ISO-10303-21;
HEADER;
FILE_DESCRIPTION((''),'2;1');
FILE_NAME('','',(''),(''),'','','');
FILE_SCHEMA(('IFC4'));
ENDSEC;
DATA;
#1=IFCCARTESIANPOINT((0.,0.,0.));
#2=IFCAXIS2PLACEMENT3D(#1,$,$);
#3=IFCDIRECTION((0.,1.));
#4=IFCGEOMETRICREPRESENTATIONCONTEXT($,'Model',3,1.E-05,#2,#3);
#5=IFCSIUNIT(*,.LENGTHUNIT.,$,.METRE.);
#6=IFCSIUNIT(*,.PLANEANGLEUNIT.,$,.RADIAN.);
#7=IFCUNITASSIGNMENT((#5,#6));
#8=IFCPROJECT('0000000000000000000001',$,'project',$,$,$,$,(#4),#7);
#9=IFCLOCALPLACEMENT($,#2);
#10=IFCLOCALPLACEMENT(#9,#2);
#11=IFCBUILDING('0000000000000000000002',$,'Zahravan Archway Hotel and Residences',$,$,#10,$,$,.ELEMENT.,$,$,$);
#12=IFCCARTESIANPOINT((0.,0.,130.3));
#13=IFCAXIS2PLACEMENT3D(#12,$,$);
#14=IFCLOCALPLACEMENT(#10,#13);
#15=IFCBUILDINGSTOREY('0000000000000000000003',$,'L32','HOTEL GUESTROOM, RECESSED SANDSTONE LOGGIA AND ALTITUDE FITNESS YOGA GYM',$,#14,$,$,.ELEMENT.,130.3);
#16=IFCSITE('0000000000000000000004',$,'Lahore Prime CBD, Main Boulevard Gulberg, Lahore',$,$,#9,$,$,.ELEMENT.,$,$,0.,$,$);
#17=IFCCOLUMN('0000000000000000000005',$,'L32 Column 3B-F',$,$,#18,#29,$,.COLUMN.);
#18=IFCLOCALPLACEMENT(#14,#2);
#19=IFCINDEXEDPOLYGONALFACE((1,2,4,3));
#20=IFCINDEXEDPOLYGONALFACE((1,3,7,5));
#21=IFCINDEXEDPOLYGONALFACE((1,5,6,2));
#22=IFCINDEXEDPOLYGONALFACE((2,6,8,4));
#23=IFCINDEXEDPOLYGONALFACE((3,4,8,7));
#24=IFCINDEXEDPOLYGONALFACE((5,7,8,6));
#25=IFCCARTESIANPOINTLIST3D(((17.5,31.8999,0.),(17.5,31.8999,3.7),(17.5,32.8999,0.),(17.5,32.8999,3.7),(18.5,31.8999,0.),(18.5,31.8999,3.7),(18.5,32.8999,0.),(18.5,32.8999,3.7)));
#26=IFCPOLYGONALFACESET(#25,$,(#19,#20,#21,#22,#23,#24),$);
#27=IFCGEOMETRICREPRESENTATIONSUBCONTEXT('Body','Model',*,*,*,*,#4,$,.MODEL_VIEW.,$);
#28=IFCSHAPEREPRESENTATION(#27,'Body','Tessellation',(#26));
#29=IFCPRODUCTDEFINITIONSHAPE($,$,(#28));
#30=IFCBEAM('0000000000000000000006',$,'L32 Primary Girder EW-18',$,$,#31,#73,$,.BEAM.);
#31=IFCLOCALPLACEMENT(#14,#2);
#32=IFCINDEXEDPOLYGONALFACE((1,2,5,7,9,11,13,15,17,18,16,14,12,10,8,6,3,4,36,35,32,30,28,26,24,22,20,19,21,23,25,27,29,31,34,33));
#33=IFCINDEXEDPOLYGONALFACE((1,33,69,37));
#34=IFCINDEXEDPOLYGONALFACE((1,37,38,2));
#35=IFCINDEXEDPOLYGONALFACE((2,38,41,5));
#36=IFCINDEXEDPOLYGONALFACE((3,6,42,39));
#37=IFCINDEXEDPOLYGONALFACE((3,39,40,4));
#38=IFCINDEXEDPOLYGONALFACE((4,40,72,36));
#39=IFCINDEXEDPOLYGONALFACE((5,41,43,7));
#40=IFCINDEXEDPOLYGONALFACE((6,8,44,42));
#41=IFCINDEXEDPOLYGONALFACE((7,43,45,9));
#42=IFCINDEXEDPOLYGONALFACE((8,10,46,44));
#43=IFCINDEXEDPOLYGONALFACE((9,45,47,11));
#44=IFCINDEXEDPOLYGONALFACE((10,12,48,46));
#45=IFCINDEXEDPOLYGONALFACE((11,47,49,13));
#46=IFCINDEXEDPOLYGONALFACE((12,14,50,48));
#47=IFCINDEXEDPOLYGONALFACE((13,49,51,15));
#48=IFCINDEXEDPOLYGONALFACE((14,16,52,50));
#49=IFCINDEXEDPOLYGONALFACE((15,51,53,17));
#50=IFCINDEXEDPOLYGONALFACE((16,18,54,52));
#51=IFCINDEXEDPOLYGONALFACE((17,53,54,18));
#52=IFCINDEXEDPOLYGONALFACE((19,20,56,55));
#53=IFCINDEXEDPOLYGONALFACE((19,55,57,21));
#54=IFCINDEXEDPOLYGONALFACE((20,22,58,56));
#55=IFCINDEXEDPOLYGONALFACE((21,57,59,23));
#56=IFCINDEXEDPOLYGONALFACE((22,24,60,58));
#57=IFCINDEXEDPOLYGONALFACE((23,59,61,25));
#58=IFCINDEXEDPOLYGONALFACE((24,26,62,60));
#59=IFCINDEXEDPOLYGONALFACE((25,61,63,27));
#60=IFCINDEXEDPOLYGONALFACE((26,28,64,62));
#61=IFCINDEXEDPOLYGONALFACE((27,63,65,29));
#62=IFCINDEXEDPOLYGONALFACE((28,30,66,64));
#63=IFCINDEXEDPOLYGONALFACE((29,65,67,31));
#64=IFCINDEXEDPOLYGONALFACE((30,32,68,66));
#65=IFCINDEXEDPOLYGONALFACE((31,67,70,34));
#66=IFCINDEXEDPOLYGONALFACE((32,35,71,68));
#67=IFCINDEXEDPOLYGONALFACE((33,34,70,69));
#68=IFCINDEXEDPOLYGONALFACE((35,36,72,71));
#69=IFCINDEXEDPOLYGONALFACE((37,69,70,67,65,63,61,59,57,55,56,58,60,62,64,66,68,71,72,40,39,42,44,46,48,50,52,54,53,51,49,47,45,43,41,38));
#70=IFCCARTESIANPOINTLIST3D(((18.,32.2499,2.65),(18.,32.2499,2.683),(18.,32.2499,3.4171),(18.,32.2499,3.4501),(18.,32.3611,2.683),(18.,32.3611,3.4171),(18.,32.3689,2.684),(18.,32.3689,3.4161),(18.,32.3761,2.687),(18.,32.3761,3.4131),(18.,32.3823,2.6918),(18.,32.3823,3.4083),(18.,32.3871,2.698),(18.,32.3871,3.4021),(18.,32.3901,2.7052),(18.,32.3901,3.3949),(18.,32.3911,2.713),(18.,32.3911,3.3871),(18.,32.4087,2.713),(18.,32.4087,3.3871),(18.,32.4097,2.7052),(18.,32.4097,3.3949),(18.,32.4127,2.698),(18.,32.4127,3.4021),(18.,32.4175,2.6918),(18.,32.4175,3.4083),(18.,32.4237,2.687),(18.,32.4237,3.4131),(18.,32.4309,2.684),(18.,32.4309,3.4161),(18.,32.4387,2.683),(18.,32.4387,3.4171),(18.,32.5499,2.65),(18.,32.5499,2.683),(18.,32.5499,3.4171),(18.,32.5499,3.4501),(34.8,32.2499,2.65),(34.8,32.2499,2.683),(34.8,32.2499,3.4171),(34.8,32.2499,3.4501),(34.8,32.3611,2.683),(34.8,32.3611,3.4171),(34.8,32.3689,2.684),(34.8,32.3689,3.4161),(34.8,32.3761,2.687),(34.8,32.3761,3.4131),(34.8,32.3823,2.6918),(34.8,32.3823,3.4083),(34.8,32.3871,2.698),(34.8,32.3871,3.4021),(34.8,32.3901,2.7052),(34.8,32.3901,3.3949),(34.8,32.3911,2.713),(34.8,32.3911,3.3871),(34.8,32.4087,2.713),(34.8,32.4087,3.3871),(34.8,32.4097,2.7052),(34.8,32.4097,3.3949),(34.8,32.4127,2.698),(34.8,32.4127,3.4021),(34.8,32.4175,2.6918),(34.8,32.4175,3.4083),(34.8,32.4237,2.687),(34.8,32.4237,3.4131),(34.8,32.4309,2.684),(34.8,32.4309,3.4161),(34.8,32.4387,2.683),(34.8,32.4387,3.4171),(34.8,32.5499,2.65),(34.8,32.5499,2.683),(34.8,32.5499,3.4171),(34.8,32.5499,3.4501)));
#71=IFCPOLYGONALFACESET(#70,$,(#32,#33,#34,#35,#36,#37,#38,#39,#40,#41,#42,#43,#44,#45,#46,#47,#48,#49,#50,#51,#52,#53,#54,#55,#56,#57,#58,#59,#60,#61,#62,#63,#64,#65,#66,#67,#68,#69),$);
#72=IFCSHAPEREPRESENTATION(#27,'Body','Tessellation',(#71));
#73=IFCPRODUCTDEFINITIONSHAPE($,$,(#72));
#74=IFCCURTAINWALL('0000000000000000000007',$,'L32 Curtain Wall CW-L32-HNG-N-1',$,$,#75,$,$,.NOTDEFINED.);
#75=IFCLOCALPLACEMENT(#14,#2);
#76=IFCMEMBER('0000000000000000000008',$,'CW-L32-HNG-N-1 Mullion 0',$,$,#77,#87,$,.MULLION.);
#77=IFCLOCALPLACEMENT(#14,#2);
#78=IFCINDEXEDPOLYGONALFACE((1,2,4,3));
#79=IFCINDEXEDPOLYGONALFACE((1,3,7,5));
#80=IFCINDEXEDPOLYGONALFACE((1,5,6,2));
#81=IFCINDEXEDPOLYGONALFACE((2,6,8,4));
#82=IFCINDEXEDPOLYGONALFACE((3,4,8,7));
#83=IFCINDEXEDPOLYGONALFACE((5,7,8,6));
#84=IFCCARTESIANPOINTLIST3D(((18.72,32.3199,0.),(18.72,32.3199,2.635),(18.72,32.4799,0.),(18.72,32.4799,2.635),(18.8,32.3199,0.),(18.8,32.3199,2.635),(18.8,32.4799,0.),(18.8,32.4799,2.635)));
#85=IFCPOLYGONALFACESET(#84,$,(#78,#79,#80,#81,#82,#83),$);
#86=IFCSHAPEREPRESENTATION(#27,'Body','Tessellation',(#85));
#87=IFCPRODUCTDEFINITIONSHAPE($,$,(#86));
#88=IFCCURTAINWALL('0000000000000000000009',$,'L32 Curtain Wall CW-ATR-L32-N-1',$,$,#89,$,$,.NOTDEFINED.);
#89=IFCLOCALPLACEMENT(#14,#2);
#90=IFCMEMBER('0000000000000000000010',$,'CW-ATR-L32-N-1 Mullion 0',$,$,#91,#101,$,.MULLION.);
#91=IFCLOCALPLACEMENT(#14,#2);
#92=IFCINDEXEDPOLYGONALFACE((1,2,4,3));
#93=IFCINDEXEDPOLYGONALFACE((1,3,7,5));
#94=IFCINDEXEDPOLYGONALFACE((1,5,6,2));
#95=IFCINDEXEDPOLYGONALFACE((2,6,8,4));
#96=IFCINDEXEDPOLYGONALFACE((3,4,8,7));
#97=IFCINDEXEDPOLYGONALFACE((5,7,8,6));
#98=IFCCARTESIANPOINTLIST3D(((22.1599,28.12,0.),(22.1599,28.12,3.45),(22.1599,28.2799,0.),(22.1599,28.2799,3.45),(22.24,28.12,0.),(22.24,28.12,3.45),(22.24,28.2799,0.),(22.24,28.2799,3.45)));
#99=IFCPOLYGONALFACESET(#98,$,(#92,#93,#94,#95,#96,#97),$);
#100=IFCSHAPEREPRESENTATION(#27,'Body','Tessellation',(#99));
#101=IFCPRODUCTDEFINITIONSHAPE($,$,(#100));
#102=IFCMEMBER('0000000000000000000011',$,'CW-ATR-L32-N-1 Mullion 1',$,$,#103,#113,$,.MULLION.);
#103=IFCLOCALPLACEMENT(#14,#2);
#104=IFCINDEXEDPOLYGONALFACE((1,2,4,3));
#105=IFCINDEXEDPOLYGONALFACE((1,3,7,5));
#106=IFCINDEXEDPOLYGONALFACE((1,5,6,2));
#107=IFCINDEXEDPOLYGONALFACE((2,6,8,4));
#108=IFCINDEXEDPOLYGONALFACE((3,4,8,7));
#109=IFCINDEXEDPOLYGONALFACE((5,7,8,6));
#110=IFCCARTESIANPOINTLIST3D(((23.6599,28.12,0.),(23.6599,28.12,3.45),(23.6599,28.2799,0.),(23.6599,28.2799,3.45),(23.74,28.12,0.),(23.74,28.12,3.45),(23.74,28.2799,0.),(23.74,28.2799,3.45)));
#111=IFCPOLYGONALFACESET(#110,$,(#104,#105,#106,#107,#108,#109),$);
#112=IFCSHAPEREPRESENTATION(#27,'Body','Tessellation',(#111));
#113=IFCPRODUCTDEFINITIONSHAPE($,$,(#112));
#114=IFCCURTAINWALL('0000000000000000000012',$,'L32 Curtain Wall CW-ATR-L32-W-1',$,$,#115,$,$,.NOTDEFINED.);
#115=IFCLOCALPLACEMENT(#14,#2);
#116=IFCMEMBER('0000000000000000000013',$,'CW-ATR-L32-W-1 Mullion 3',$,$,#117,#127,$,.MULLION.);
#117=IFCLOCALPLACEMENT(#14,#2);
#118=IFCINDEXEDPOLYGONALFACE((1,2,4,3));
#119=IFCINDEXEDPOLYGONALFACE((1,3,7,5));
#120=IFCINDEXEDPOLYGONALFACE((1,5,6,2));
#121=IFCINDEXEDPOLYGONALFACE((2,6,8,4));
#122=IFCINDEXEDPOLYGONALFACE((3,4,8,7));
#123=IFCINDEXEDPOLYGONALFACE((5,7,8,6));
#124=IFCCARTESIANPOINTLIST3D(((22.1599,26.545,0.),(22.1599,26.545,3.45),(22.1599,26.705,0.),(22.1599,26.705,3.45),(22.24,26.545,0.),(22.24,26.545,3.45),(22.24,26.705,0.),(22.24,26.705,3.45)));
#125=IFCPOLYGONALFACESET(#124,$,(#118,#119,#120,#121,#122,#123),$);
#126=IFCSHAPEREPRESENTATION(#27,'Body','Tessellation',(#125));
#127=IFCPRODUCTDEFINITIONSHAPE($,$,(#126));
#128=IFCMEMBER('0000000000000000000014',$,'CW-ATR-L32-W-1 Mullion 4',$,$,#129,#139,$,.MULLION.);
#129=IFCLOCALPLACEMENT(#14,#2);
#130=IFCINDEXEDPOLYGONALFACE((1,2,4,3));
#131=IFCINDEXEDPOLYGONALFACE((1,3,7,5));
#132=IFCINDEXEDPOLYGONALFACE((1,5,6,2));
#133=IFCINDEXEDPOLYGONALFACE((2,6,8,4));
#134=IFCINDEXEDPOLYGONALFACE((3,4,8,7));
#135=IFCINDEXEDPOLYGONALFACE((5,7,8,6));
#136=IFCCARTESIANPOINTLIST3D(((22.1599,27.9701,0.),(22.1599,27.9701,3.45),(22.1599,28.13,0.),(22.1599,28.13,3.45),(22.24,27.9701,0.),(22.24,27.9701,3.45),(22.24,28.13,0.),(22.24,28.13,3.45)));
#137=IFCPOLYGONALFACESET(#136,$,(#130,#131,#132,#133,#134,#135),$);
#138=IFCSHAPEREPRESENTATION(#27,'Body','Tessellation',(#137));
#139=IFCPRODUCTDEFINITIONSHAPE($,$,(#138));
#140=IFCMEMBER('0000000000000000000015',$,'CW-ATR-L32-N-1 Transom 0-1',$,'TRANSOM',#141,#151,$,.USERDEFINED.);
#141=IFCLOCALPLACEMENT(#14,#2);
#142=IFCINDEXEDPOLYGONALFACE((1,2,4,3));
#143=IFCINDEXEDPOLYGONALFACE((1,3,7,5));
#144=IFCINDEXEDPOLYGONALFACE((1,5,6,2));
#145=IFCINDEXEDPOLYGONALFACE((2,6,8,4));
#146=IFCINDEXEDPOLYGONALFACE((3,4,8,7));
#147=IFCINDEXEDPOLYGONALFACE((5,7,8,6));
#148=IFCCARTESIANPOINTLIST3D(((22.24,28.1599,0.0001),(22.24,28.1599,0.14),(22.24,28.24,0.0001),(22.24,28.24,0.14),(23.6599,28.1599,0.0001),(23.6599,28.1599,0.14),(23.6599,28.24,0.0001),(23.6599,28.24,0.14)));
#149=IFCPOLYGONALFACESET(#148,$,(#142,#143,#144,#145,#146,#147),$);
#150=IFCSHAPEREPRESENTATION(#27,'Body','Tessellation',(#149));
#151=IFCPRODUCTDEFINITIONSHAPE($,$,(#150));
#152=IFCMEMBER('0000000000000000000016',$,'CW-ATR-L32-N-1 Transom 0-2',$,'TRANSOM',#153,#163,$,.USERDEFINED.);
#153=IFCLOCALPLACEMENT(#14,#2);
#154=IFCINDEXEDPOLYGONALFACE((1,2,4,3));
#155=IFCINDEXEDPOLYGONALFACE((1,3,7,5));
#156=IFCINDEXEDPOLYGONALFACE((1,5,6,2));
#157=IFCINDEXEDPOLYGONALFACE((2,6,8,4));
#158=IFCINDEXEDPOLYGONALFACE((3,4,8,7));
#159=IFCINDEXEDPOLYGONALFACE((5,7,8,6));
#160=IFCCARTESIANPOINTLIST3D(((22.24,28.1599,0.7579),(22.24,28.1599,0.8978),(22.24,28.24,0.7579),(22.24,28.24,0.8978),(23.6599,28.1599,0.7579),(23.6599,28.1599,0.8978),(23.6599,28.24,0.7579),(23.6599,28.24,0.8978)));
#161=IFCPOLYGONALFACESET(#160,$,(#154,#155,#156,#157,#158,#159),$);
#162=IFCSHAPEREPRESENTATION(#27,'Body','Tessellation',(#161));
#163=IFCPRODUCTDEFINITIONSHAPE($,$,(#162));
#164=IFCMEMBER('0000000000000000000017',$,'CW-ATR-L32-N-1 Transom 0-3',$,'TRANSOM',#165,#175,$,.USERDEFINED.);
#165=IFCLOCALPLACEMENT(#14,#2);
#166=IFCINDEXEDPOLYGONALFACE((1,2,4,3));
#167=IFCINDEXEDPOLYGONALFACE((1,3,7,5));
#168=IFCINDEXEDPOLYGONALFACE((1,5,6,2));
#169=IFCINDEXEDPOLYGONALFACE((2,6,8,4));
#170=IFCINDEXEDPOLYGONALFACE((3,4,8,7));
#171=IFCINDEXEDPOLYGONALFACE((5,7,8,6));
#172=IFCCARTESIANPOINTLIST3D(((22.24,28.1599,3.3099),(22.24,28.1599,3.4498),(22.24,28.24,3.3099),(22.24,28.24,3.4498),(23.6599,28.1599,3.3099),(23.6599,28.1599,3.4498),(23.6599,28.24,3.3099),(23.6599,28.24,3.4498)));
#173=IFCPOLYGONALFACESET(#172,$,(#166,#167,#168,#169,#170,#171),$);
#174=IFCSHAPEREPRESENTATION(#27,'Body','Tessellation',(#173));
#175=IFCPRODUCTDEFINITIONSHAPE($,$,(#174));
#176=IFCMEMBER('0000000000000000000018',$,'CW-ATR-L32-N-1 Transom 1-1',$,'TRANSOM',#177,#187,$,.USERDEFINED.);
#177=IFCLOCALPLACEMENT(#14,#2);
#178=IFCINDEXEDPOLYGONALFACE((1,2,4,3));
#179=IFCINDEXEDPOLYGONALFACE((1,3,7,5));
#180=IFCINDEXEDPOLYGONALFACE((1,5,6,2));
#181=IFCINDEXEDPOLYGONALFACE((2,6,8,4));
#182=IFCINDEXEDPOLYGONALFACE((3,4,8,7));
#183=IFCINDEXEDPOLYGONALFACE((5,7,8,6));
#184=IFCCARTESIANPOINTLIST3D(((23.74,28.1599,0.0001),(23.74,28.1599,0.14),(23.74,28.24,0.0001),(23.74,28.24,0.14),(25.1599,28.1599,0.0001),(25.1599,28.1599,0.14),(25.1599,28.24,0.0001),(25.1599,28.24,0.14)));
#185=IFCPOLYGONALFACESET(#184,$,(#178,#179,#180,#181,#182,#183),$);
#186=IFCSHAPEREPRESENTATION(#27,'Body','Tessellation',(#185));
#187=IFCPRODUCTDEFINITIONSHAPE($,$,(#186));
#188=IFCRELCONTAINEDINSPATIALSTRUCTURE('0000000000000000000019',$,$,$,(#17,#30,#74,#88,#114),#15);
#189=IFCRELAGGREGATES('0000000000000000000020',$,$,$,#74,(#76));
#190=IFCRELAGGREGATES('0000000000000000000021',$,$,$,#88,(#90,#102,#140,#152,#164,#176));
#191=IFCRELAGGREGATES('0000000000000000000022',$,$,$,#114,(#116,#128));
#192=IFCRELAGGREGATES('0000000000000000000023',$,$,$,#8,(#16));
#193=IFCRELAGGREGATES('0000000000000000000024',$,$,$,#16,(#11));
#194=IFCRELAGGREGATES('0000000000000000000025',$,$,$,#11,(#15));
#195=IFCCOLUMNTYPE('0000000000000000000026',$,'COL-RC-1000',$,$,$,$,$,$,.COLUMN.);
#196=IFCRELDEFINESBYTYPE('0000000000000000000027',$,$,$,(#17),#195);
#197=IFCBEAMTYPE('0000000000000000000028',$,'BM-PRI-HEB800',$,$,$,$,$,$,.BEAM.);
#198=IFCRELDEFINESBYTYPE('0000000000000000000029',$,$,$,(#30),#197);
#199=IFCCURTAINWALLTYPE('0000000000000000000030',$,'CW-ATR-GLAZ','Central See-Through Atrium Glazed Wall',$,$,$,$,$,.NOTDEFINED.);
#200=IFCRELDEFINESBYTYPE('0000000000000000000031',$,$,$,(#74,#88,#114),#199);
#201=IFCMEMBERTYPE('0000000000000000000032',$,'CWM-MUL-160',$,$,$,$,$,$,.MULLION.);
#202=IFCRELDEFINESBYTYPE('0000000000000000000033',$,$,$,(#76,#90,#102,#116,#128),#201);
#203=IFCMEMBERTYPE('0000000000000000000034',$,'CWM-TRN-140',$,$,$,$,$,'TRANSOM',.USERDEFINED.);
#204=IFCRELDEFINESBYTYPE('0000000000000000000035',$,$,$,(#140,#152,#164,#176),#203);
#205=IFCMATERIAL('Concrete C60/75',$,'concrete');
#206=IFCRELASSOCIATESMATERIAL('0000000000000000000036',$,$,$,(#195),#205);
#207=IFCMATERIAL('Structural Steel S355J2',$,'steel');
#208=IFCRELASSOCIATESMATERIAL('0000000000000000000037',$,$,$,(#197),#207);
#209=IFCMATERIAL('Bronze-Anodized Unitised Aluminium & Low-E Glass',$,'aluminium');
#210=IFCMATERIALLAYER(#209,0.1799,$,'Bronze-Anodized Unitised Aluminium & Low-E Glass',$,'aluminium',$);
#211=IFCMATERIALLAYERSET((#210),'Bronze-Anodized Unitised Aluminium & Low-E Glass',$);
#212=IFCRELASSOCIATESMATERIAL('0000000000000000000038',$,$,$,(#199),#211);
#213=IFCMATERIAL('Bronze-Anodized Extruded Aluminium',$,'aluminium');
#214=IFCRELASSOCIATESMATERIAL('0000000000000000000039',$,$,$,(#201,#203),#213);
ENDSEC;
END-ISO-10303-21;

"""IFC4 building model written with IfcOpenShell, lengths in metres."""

from ifc_helpers import new_model, si_unit, direction, frame, origin, origin_2d, place, context, subcontext, project, spatial, rectangle, i_section, extrude, source, transform, mapped, material, layer, layer_set, material_profile, profile_set, type_object, type_shapes, element, aggregate, save


model = new_model("IFC4")

# Units and contexts
model_context = context("Model", 3, precision=1e-05, world=origin(), true_north=direction((0.0, 1.0)))
body_context = subcontext(model_context, "Body", "Model", "MODEL_VIEW")
ifc_project = project(units=[si_unit("LENGTHUNIT", "METRE"), si_unit("PLANEANGLEUNIT", "RADIAN")], contexts=[model_context])

# Site, building, storey
site_placement = place(None, origin())
site = spatial("IfcSite", under=ifc_project, at=site_placement, Name="Lahore Prime CBD, Main Boulevard Gulberg, Lahore", CompositionType="ELEMENT", RefElevation=0.0)
building_placement = place(site_placement, origin())
building = spatial("IfcBuilding", under=site, at=building_placement, Name="Zahravan Archway Hotel and Residences", CompositionType="ELEMENT")
storey_placement = place(building_placement, frame((0.0, 0.0, 130.3)))
storey = spatial("IfcBuildingStorey", under=building, at=storey_placement, Name="L32", Description="HOTEL GUESTROOM, RECESSED SANDSTONE LOGGIA AND ALTITUDE FITNESS YOGA GYM", CompositionType="ELEMENT", Elevation=130.3)

# Column
ifc_material_1 = material(Name="Concrete C60/75", Category="concrete")
ifc_material_profile_1 = material_profile(ifc_material_1, rectangle(XDim=1.0, YDim=1.0, at=origin_2d()), Name="RC-COL-1000x1000", Category="concrete")
ifc_profile_set_1 = profile_set([ifc_material_profile_1], Name="Concrete C60/75")
column_type = type_object("IfcColumnType", Name="COL-RC-1000", PredefinedType="COLUMN", material=ifc_profile_set_1)
shared_shape_1 = source(origin(), body_context, "Body", "SweptSolid", [
    extrude(rectangle(XDim=1.0, YDim=1.0, at=origin_2d()), origin(), (0.0, 0.0, 1.0), 3.7),
])
type_shapes(column_type, [shared_shape_1])
column_placement = place(storey_placement, frame((18.0, 32.3999, 0.0), z_axis=(0.0, 0.0, 1.0), x_axis=(1.0, 0.0, 0.0)))
element("IfcColumn", 1, at=column_placement, inside=storey, type_object=column_type, Name="L32 Column 3B-F", PredefinedType="COLUMN", context=body_context, shape_type="MappedRepresentation", body=[
    mapped(shared_shape_1, transform((0.0, 0.0, 0.0), scale=1.0)),
])

# Beam
ifc_material_2 = material(Name="Structural Steel S355J2", Category="steel")
ifc_material_profile_2 = material_profile(ifc_material_2, i_section(OverallWidth=0.3, OverallDepth=0.8, WebThickness=0.0176, FlangeThickness=0.033, FilletRadius=0.03, at=origin_2d()), Name="HEB 800", Category="steel")
ifc_profile_set_2 = profile_set([ifc_material_profile_2], Name="Structural Steel S355J2")
beam_type = type_object("IfcBeamType", Name="BM-PRI-HEB800", PredefinedType="BEAM", material=ifc_profile_set_2)
shared_shape_2 = source(origin(), body_context, "Body", "SweptSolid", [
    extrude(i_section(OverallWidth=0.3, OverallDepth=0.8, WebThickness=0.0176, FlangeThickness=0.033, FilletRadius=0.03, at=origin_2d()), origin(), (0.0, 0.0, 1.0), 16.8),
])
type_shapes(beam_type, [shared_shape_2])
beam_placement = place(storey_placement, frame((18.0, 32.3999, 3.05), z_axis=(1.0, 0.0, 0.0), x_axis=(0.0, 1.0, 0.0)))
element("IfcBeam", 2, at=beam_placement, inside=storey, type_object=beam_type, Name="L32 Primary Girder EW-18", PredefinedType="BEAM", context=body_context, shape_type="MappedRepresentation", body=[
    mapped(shared_shape_2, transform((0.0, 0.0, 0.0), scale=1.0)),
])

# Curtain wall, member
ifc_material_3 = material(Name="Bronze-Anodized Unitised Aluminium & Low-E Glass", Category="aluminium")
ifc_layer_1 = layer(ifc_material_3, 0.1799, Name="Bronze-Anodized Unitised Aluminium & Low-E Glass", Category="aluminium")
ifc_layer_set_1 = layer_set([ifc_layer_1], Name="Bronze-Anodized Unitised Aluminium & Low-E Glass")
curtain_wall_type = type_object("IfcCurtainWallType", Name="CW-ATR-GLAZ", Description="Central See-Through Atrium Glazed Wall", PredefinedType="NOTDEFINED", material=ifc_layer_set_1)
curtain_wall_1_placement = place(storey_placement, origin())
curtain_wall_1 = element("IfcCurtainWall", 3, at=curtain_wall_1_placement, inside=storey, type_object=curtain_wall_type, Name="L32 Curtain Wall CW-L32-HNG-N-1", PredefinedType="NOTDEFINED")
ifc_material_4 = material(Name="Bronze-Anodized Extruded Aluminium", Category="aluminium")
ifc_material_profile_3 = material_profile(ifc_material_4, rectangle(XDim=0.0801, YDim=0.1599, at=origin_2d()), Name="MUL 80x160", Category="aluminium")
ifc_profile_set_3 = profile_set([ifc_material_profile_3], Name="Bronze-Anodized Extruded Aluminium")
member_type_1 = type_object("IfcMemberType", Name="CWM-MUL-160", PredefinedType="MULLION", material=ifc_profile_set_3)
shared_shape_3 = source(origin(), body_context, "Body", "SweptSolid", [
    extrude(rectangle(XDim=0.0801, YDim=0.1599, at=origin_2d()), origin(), (0.0, 0.0, 1.0), 2.635),
])
member_1_placement = place(storey_placement, frame((18.76, 32.3999, 0.0), z_axis=(0.0, 0.0, 1.0), x_axis=(1.0, 0.0, 0.0)))
member_1 = element("IfcMember", 4, at=member_1_placement, type_object=member_type_1, Name="CW-L32-HNG-N-1 Mullion 0", PredefinedType="MULLION", context=body_context, shape_type="MappedRepresentation", body=[
    mapped(shared_shape_3, transform((0.0, 0.0, 0.0), scale=1.0)),
])
aggregate(curtain_wall_1, [member_1])

# Curtain walls, members
curtain_wall_2_placement = place(storey_placement, origin())
curtain_wall_2 = element("IfcCurtainWall", 5, at=curtain_wall_2_placement, inside=storey, type_object=curtain_wall_type, Name="L32 Curtain Wall CW-ATR-L32-N-1", PredefinedType="NOTDEFINED")
shared_shape_4 = source(origin(), body_context, "Body", "SweptSolid", [
    extrude(rectangle(XDim=0.0801, YDim=0.1599, at=origin_2d()), origin(), (0.0, 0.0, 1.0), 3.45),
])
member_2_placement = place(storey_placement, frame((22.2, 28.2, 0.0), z_axis=(0.0, 0.0, 1.0), x_axis=(1.0, 0.0, 0.0)))
member_2 = element("IfcMember", 6, at=member_2_placement, type_object=member_type_1, Name="CW-ATR-L32-N-1 Mullion 0", PredefinedType="MULLION", context=body_context, shape_type="MappedRepresentation", body=[
    mapped(shared_shape_4, transform((0.0, 0.0, 0.0), scale=1.0)),
])
member_3_placement = place(storey_placement, frame((23.7, 28.2, 0.0), z_axis=(0.0, 0.0, 1.0), x_axis=(1.0, 0.0, 0.0)))
member_3 = element("IfcMember", 7, at=member_3_placement, type_object=member_type_1, Name="CW-ATR-L32-N-1 Mullion 1", PredefinedType="MULLION", context=body_context, shape_type="MappedRepresentation", body=[
    mapped(shared_shape_4, transform((0.0, 0.0, 0.0), scale=1.0)),
])
curtain_wall_3_placement = place(storey_placement, origin())
curtain_wall_3 = element("IfcCurtainWall", 8, at=curtain_wall_3_placement, inside=storey, type_object=curtain_wall_type, Name="L32 Curtain Wall CW-ATR-L32-W-1", PredefinedType="NOTDEFINED")
member_4_placement = place(storey_placement, frame((22.2, 26.625, 0.0), z_axis=(0.0, 0.0, 1.0), x_axis=(1.0, 0.0, 0.0)))
member_4 = element("IfcMember", 9, at=member_4_placement, type_object=member_type_1, Name="CW-ATR-L32-W-1 Mullion 3", PredefinedType="MULLION", context=body_context, shape_type="MappedRepresentation", body=[
    mapped(shared_shape_4, transform((0.0, 0.0, 0.0), scale=1.0)),
])
member_5_placement = place(storey_placement, frame((22.2, 28.05, 0.0), z_axis=(0.0, 0.0, 1.0), x_axis=(1.0, 0.0, 0.0)))
member_5 = element("IfcMember", 10, at=member_5_placement, type_object=member_type_1, Name="CW-ATR-L32-W-1 Mullion 4", PredefinedType="MULLION", context=body_context, shape_type="MappedRepresentation", body=[
    mapped(shared_shape_4, transform((0.0, 0.0, 0.0), scale=1.0)),
])

# Members
ifc_material_profile_4 = material_profile(ifc_material_4, rectangle(XDim=0.0801, YDim=0.1399, at=origin_2d()), Name="TRN 80x140", Category="aluminium")
ifc_profile_set_4 = profile_set([ifc_material_profile_4], Name="Bronze-Anodized Extruded Aluminium")
member_type_2 = type_object("IfcMemberType", Name="CWM-TRN-140", ElementType="TRANSOM", PredefinedType="USERDEFINED", material=ifc_profile_set_4)
shared_shape_5 = source(origin(), body_context, "Body", "SweptSolid", [
    extrude(rectangle(XDim=0.0801, YDim=0.1399, at=origin_2d()), origin(), (0.0, 0.0, 1.0), 1.4199),
])
member_6_placement = place(storey_placement, frame((22.24, 28.2, 0.0701), z_axis=(1.0, 0.0, 0.0), x_axis=(0.0, 1.0, 0.0)))
member_6 = element("IfcMember", 11, at=member_6_placement, type_object=member_type_2, Name="CW-ATR-L32-N-1 Transom 0-1", ObjectType="TRANSOM", PredefinedType="USERDEFINED", context=body_context, shape_type="MappedRepresentation", body=[
    mapped(shared_shape_5, transform((0.0, 0.0, 0.0), scale=1.0)),
])
member_7_placement = place(storey_placement, frame((22.24, 28.2, 0.8279), z_axis=(1.0, 0.0, 0.0), x_axis=(0.0, 1.0, 0.0)))
member_7 = element("IfcMember", 12, at=member_7_placement, type_object=member_type_2, Name="CW-ATR-L32-N-1 Transom 0-2", ObjectType="TRANSOM", PredefinedType="USERDEFINED", context=body_context, shape_type="MappedRepresentation", body=[
    mapped(shared_shape_5, transform((0.0, 0.0, 0.0), scale=1.0)),
])
member_8_placement = place(storey_placement, frame((22.24, 28.2, 3.3799), z_axis=(1.0, 0.0, 0.0), x_axis=(0.0, 1.0, 0.0)))
member_8 = element("IfcMember", 13, at=member_8_placement, type_object=member_type_2, Name="CW-ATR-L32-N-1 Transom 0-3", ObjectType="TRANSOM", PredefinedType="USERDEFINED", context=body_context, shape_type="MappedRepresentation", body=[
    mapped(shared_shape_5, transform((0.0, 0.0, 0.0), scale=1.0)),
])
member_9_placement = place(storey_placement, frame((23.74, 28.2, 0.0701), z_axis=(1.0, 0.0, 0.0), x_axis=(0.0, 1.0, 0.0)))
member_9 = element("IfcMember", 14, at=member_9_placement, type_object=member_type_2, Name="CW-ATR-L32-N-1 Transom 1-1", ObjectType="TRANSOM", PredefinedType="USERDEFINED", context=body_context, shape_type="MappedRepresentation", body=[
    mapped(shared_shape_5, transform((0.0, 0.0, 0.0), scale=1.0)),
])

aggregate(curtain_wall_2, [member_2, member_3, member_6, member_7, member_8, member_9])
aggregate(curtain_wall_3, [member_4, member_5])

save(model, "model.ifc")
